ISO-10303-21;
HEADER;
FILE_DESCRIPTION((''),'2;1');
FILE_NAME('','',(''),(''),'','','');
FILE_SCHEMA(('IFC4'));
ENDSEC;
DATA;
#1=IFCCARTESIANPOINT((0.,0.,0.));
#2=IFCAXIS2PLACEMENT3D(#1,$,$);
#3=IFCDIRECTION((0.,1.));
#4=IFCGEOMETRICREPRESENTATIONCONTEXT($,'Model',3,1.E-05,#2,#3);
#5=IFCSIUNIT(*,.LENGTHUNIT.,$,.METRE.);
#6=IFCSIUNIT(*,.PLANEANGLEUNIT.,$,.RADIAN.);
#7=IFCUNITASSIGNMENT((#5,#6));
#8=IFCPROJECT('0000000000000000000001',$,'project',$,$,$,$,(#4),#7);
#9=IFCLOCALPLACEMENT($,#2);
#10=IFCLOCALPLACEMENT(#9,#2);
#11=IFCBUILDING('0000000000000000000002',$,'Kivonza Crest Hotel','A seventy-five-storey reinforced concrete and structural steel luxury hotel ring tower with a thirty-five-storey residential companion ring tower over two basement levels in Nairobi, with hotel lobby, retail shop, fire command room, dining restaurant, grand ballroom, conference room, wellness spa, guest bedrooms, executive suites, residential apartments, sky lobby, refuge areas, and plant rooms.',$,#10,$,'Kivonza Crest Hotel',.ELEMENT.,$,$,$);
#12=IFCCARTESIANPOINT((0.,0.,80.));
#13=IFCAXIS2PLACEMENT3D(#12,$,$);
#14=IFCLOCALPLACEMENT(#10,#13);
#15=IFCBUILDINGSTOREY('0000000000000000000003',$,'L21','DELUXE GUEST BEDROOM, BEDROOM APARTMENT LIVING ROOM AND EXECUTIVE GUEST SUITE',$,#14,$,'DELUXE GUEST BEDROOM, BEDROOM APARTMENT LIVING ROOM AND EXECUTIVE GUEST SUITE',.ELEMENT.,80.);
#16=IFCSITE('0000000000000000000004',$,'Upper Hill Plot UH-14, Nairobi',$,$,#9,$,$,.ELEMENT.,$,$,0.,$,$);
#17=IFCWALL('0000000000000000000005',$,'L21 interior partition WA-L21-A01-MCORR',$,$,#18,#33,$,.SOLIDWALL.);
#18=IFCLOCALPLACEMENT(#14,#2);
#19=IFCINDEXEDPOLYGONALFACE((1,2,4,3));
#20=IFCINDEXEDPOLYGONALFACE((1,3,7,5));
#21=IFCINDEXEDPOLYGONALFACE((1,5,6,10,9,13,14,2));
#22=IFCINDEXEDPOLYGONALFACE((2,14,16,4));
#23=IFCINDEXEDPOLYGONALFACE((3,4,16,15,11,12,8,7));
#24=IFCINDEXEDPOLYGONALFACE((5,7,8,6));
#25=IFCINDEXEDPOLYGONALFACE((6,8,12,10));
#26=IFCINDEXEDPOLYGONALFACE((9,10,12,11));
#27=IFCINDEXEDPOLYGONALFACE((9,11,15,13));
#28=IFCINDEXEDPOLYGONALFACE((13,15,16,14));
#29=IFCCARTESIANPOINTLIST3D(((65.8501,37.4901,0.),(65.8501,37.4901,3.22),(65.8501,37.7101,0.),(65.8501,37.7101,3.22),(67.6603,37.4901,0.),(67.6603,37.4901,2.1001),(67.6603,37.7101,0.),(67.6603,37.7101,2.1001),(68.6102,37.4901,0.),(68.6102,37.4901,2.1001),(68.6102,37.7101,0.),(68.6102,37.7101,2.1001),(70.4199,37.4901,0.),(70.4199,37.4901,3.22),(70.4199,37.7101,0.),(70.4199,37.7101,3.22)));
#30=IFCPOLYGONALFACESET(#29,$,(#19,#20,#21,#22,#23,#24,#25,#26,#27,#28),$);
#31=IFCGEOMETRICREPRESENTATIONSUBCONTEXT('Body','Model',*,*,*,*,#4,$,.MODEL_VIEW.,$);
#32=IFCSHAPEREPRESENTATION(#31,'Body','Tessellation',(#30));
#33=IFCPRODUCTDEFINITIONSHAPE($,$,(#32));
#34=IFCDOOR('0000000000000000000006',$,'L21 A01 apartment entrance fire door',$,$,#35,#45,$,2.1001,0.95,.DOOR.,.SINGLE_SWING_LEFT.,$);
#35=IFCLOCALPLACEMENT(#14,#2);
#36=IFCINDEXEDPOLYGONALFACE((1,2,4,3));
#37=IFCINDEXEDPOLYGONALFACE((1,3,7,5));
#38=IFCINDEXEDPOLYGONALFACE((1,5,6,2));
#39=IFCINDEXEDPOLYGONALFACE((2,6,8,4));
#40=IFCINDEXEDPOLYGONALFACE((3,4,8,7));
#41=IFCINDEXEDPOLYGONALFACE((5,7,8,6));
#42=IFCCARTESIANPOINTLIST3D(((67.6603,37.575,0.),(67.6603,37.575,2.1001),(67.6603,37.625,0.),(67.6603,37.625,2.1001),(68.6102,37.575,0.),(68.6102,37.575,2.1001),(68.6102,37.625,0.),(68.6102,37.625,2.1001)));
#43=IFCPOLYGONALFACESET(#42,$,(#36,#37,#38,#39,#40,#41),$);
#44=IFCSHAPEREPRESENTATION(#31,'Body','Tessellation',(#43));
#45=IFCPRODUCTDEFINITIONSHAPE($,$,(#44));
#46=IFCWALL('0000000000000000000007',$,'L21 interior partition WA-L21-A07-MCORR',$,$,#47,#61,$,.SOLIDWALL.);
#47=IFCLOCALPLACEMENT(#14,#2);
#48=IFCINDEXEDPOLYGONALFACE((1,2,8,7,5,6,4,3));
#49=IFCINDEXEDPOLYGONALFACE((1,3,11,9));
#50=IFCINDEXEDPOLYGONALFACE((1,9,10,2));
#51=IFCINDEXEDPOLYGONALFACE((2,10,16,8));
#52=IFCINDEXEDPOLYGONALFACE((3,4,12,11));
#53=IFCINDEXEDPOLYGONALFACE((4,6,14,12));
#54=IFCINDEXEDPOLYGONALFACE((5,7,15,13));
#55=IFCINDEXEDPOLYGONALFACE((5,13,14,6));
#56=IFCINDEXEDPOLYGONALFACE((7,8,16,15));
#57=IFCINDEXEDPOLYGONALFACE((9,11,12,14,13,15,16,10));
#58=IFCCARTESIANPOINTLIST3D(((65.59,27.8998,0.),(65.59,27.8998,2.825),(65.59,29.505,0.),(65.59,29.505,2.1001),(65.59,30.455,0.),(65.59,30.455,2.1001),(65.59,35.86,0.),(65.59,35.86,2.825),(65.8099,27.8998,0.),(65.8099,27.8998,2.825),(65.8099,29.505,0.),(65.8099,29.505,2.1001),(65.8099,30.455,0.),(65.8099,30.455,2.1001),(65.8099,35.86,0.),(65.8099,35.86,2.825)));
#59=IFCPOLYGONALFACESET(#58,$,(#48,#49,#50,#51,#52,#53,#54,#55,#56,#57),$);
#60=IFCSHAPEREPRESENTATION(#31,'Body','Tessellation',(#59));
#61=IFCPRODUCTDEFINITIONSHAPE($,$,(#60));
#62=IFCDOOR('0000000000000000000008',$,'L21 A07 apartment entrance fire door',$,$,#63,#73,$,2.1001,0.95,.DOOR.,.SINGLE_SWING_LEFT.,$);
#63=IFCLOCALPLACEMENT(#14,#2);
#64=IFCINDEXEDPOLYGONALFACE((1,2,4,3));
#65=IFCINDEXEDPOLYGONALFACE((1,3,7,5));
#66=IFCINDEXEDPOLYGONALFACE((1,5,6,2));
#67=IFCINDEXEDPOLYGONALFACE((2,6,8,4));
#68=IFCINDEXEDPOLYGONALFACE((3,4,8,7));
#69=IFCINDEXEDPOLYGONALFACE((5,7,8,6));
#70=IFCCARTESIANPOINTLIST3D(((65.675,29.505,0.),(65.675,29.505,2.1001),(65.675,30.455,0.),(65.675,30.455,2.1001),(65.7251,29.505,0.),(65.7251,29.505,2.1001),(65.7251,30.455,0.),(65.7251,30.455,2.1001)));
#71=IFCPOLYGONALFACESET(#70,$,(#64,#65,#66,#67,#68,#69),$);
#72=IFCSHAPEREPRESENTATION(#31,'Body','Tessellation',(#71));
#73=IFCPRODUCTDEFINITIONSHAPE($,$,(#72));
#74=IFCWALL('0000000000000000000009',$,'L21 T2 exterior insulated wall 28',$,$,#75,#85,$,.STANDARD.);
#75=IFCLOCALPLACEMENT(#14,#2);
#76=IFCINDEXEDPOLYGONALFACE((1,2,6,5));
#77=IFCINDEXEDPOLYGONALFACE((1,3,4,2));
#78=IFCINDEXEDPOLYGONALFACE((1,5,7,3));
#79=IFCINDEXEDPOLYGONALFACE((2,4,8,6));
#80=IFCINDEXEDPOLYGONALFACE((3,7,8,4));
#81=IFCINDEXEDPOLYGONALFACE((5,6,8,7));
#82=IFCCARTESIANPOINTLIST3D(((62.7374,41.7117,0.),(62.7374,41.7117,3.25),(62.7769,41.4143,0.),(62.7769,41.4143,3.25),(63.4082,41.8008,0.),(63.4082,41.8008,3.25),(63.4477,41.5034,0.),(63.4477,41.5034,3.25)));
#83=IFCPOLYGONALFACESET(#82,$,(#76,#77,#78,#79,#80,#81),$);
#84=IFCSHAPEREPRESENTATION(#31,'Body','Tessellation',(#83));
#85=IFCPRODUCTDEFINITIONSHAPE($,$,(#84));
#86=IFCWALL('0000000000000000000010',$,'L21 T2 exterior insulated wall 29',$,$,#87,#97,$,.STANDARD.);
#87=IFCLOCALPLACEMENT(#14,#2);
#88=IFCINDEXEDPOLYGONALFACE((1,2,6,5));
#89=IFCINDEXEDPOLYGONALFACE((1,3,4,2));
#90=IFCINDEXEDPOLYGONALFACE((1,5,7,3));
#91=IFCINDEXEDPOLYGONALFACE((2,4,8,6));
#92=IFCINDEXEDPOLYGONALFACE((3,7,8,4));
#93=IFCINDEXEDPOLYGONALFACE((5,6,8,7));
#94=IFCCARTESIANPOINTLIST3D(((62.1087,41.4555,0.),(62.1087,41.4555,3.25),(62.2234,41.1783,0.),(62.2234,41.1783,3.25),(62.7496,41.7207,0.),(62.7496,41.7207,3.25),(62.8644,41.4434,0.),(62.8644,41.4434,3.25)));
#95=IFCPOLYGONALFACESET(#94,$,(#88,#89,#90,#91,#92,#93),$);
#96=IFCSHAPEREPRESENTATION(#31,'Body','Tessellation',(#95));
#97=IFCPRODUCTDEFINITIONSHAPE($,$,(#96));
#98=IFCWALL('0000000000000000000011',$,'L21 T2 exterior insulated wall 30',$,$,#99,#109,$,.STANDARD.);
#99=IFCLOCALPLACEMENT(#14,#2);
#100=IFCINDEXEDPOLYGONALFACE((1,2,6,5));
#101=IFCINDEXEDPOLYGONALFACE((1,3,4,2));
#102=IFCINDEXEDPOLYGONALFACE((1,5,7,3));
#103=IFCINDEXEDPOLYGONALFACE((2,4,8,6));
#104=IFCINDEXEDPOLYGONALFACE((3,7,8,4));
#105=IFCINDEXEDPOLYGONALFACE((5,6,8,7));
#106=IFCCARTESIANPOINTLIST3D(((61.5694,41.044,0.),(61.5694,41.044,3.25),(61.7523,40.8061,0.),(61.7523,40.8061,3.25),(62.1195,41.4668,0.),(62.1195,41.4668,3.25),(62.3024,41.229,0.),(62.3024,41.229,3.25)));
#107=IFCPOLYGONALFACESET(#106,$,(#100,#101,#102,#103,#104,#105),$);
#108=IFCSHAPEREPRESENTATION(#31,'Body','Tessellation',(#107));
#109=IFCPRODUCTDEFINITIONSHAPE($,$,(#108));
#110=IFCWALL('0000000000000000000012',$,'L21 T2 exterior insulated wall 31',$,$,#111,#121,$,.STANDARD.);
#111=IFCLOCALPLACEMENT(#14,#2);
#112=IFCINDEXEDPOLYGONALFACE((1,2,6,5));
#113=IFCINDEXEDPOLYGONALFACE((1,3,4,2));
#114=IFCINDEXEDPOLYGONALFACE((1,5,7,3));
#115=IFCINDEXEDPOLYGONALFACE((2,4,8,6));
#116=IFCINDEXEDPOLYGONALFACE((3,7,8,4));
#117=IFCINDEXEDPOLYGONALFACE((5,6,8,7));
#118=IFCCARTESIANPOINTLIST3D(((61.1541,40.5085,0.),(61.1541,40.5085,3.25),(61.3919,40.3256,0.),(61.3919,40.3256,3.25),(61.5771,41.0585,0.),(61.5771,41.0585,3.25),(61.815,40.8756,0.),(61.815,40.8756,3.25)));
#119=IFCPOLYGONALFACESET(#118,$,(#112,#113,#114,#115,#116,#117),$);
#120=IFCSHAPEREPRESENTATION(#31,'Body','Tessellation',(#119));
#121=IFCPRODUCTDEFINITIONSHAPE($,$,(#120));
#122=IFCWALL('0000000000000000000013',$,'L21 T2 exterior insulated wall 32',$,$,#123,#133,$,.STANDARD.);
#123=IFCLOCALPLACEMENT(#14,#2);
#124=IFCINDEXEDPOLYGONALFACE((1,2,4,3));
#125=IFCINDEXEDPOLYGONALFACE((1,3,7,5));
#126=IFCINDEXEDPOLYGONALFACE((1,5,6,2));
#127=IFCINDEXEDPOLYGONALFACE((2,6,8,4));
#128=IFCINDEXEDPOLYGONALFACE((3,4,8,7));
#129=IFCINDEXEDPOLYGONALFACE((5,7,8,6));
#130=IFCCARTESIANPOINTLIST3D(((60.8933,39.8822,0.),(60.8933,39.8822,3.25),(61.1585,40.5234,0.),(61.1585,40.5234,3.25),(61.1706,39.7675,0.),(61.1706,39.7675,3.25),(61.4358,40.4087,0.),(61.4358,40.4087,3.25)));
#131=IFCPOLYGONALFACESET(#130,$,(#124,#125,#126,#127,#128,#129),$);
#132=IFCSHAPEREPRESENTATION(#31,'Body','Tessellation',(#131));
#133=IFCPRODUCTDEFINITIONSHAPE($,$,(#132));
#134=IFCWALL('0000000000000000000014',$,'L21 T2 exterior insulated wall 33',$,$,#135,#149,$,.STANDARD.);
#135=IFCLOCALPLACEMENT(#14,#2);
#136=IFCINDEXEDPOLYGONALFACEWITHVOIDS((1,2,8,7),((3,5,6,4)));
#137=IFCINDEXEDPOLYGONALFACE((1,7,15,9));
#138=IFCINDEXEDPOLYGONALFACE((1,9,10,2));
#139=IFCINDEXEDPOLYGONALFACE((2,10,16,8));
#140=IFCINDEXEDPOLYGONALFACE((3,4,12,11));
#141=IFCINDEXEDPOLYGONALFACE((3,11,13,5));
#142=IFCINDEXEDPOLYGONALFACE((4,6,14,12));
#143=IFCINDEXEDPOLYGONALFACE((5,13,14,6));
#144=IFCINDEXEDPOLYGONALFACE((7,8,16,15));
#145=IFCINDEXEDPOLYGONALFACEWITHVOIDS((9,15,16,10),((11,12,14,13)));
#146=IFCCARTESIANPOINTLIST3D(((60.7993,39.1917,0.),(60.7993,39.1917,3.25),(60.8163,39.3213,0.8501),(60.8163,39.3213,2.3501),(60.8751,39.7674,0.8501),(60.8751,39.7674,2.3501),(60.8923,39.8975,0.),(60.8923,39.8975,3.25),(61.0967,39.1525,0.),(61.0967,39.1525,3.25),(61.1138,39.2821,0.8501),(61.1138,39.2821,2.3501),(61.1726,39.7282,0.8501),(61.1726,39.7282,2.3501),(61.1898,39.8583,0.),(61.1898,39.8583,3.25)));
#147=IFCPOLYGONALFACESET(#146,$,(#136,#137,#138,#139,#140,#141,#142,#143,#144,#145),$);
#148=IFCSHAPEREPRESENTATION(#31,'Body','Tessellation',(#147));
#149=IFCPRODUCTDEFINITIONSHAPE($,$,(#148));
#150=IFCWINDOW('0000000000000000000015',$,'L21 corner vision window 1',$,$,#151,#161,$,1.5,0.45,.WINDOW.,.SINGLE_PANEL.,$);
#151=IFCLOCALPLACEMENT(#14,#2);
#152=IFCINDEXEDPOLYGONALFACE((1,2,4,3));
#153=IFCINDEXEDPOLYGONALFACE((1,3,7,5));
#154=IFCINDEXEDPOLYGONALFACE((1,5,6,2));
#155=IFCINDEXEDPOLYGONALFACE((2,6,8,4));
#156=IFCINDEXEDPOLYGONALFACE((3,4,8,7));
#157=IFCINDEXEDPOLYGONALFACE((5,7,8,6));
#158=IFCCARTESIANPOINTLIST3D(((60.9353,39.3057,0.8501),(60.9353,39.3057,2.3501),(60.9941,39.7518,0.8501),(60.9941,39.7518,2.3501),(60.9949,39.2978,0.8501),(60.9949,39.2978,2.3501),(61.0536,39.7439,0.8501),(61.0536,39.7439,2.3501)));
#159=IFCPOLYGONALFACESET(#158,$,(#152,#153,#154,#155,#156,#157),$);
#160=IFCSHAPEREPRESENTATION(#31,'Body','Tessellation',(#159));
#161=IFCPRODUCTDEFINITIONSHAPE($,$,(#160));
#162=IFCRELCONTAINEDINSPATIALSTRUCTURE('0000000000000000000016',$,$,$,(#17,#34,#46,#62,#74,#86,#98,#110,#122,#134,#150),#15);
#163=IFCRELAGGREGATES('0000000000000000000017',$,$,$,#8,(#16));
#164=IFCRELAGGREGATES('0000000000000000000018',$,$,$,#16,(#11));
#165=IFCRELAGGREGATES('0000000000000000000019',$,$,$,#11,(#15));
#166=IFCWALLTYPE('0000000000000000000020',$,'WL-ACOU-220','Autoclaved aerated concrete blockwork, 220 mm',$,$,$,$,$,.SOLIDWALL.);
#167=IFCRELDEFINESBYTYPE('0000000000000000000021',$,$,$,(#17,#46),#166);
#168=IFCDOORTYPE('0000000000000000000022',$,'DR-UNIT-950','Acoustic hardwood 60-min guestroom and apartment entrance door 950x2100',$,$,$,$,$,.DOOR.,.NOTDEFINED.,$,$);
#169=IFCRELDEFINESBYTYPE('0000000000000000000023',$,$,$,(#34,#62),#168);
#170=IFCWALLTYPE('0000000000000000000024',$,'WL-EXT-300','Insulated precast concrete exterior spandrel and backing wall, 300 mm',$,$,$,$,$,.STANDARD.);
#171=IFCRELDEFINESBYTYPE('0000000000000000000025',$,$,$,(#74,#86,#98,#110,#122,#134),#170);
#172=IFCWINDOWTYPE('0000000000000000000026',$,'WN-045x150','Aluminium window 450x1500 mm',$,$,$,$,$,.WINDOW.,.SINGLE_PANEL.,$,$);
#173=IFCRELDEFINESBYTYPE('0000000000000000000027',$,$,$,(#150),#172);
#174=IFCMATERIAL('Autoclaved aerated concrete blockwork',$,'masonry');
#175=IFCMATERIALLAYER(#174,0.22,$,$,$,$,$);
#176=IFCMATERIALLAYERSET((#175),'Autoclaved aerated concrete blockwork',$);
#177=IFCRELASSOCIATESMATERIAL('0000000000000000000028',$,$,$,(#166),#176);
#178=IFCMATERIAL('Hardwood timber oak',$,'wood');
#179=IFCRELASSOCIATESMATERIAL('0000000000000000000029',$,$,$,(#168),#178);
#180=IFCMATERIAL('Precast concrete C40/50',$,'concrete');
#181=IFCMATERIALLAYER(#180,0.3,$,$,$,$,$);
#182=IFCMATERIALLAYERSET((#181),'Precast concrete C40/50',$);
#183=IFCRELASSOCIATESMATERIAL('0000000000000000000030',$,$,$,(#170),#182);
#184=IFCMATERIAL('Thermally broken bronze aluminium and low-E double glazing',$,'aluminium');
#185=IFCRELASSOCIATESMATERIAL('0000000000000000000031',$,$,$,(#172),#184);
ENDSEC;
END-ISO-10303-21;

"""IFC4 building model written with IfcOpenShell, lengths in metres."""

from ifc_helpers import new_model, si_unit, direction, frame, frame_2d, origin, place, context, subcontext, project, spatial, rectangle, extrude, material, layer, layer_set, type_object, element, fill, save


model = new_model("IFC4")

# Units and contexts
model_context = context("Model", 3, precision=1e-05, world=origin(), true_north=direction((0.0, 1.0)))
body_context = subcontext(model_context, "Body", "Model", "MODEL_VIEW")
ifc_project = project(units=[si_unit("LENGTHUNIT", "METRE"), si_unit("PLANEANGLEUNIT", "RADIAN")], contexts=[model_context])

# Site, building, storey
site_placement = place(None, origin())
site = spatial("IfcSite", under=ifc_project, at=site_placement, Name="Upper Hill Plot UH-14, Nairobi", CompositionType="ELEMENT", RefElevation=0.0)
building_placement = place(site_placement, origin())
building = spatial("IfcBuilding", under=site, at=building_placement, Name="Kivonza Crest Hotel", Description="A seventy-five-storey reinforced concrete and structural steel luxury hotel ring tower with a thirty-five-storey residential companion ring tower over two basement levels in Nairobi, with hotel lobby, retail shop, fire command room, dining restaurant, grand ballroom, conference room, wellness spa, guest bedrooms, executive suites, residential apartments, sky lobby, refuge areas, and plant rooms.", LongName="Kivonza Crest Hotel", CompositionType="ELEMENT")
storey_placement = place(building_placement, frame((0.0, 0.0, 80.0)))
storey = spatial("IfcBuildingStorey", under=building, at=storey_placement, Name="L21", Description="DELUXE GUEST BEDROOM, BEDROOM APARTMENT LIVING ROOM AND EXECUTIVE GUEST SUITE", LongName="DELUXE GUEST BEDROOM, BEDROOM APARTMENT LIVING ROOM AND EXECUTIVE GUEST SUITE", CompositionType="ELEMENT", Elevation=80.0)

# Walls, openings, doors
ifc_material_1 = material(Name="Autoclaved aerated concrete blockwork", Category="masonry")
ifc_layer_1 = layer(ifc_material_1, 0.22)
ifc_layer_set_1 = layer_set([ifc_layer_1], Name="Autoclaved aerated concrete blockwork")
wall_type_1 = type_object("IfcWallType", Name="WL-ACOU-220", Description="Autoclaved aerated concrete blockwork, 220 mm", PredefinedType="SOLIDWALL", material=ifc_layer_set_1)
wall_1_placement = place(storey_placement, frame((65.8501, 37.6001, 0.0), z_axis=(0.0, 0.0, 1.0), x_axis=(1.0, 0.0, 0.0)))
wall_1 = element("IfcWall", 1, at=wall_1_placement, inside=storey, type_object=wall_type_1, Name="L21 interior partition WA-L21-A01-MCORR", PredefinedType="SOLIDWALL", context=body_context, shape_type="SweptSolid", body=[
    extrude(rectangle(XDim=4.5698, YDim=0.22, at=frame_2d((2.2849, 0.0))), origin(), (0.0, 0.0, 1.0), 3.22),
])
opening_1_placement = place(wall_1_placement, frame((1.8101, 0.0, 0.0)))
opening_1 = element("IfcOpeningElement", 2, at=opening_1_placement, cuts=wall_1, PredefinedType="OPENING", context=body_context, shape_type="SweptSolid", body=[
    extrude(rectangle(XDim=0.95, YDim=2.1001, at=frame_2d((0.4751, 1.05))), frame((0.0, 0.1201, 0.0), z_axis=(0.0, -1.0, 0.0), x_axis=(1.0, 0.0, 0.0)), (0.0, 0.0, 1.0), 0.24),
])
ifc_material_2 = material(Name="Hardwood timber oak", Category="wood")
door_type_1 = type_object("IfcDoorType", Name="DR-UNIT-950", Description="Acoustic hardwood 60-min guestroom and apartment entrance door 950x2100", OperationType="NOTDEFINED", PredefinedType="DOOR", material=ifc_material_2)
door_1_placement = place(opening_1_placement, origin())
door_1 = element("IfcDoor", 3, at=door_1_placement, inside=storey, type_object=door_type_1, Name="L21 A01 apartment entrance fire door", OperationType="SINGLE_SWING_LEFT", OverallHeight=2.1001, OverallWidth=0.95, PredefinedType="DOOR", context=body_context, shape_type="SweptSolid", body=[
    extrude(rectangle(XDim=0.95, YDim=2.1001, at=frame_2d((0.4751, 1.05))), frame((0.0, 0.0249, 0.0), z_axis=(0.0, -1.0, 0.0), x_axis=(1.0, 0.0, 0.0)), (0.0, 0.0, 1.0), 0.05),
])
fill(opening_1, door_1)
wall_2_placement = place(storey_placement, frame((65.7, 27.8999, 0.0), z_axis=(0.0, 0.0, 1.0), x_axis=(0.0, 1.0, 0.0)))
wall_2 = element("IfcWall", 4, at=wall_2_placement, inside=storey, type_object=wall_type_1, Name="L21 interior partition WA-L21-A07-MCORR", PredefinedType="SOLIDWALL", context=body_context, shape_type="SweptSolid", body=[
    extrude(rectangle(XDim=7.9602, YDim=0.22, at=frame_2d((3.98, 0.0))), origin(), (0.0, 0.0, 1.0), 2.825),
])
opening_2_placement = place(wall_2_placement, frame((1.605, 0.0, 0.0)))
opening_2 = element("IfcOpeningElement", 5, at=opening_2_placement, cuts=wall_2, PredefinedType="OPENING", context=body_context, shape_type="SweptSolid", body=[
    extrude(rectangle(XDim=0.95, YDim=2.1001, at=frame_2d((0.4751, 1.05))), frame((0.0, 0.1201, 0.0), z_axis=(0.0, -1.0, 0.0), x_axis=(1.0, 0.0, 0.0)), (0.0, 0.0, 1.0), 0.24),
])
door_2_placement = place(opening_2_placement, origin())
door_2 = element("IfcDoor", 6, at=door_2_placement, inside=storey, type_object=door_type_1, Name="L21 A07 apartment entrance fire door", OperationType="SINGLE_SWING_LEFT", OverallHeight=2.1001, OverallWidth=0.95, PredefinedType="DOOR", context=body_context, shape_type="SweptSolid", body=[
    extrude(rectangle(XDim=0.95, YDim=2.1001, at=frame_2d((0.4751, 1.05))), frame((0.0, 0.0249, 0.0), z_axis=(0.0, -1.0, 0.0), x_axis=(1.0, 0.0, 0.0)), (0.0, 0.0, 1.0), 0.05),
])
fill(opening_2, door_2)

# Walls
ifc_material_3 = material(Name="Precast concrete C40/50", Category="concrete")
ifc_layer_2 = layer(ifc_material_3, 0.3)
ifc_layer_set_2 = layer_set([ifc_layer_2], Name="Precast concrete C40/50")
wall_type_2 = type_object("IfcWallType", Name="WL-EXT-300", Description="Insulated precast concrete exterior spandrel and backing wall, 300 mm", PredefinedType="STANDARD", material=ifc_layer_set_2)
wall_3_placement = place(storey_placement, frame((63.428, 41.6521, 0.0), z_axis=(0.0, 0.0, 1.0), x_axis=(-0.991294, -0.131667, 0.0)))
element("IfcWall", 7, at=wall_3_placement, inside=storey, type_object=wall_type_2, Name="L21 T2 exterior insulated wall 28", PredefinedType="STANDARD", context=body_context, shape_type="SweptSolid", body=[
    extrude(rectangle(XDim=0.6768, YDim=0.3, at=frame_2d((0.3384, 0.0))), origin(), (0.0, 0.0, 1.0), 3.25),
])
wall_4_placement = place(storey_placement, frame((62.8069, 41.582, 0.0), z_axis=(0.0, 0.0, 1.0), x_axis=(-0.924043, -0.38229, 0.0)))
element("IfcWall", 8, at=wall_4_placement, inside=storey, type_object=wall_type_2, Name="L21 T2 exterior insulated wall 29", PredefinedType="STANDARD", context=body_context, shape_type="SweptSolid", body=[
    extrude(rectangle(XDim=0.6936, YDim=0.3, at=frame_2d((0.3467, 0.0))), origin(), (0.0, 0.0, 1.0), 3.25),
])
for number, where, z_axis, x_axis, name in (
    (9, (62.2109, 41.3479, 0.0), (0.0, 0.0, 1.0), (-0.792807, -0.609473, 0.0), "L21 T2 exterior insulated wall 30"),
    (10, (61.696, 40.967, 0.0), (0.0, 0.0, 1.0), (-0.609694, -0.792637, 0.0), "L21 T2 exterior insulated wall 31"),
    (11, (61.2971, 40.4661, 0.0), (0.0, 0.0, 1.0), (-0.382165, -0.924094, 0.0), "L21 T2 exterior insulated wall 32"),
):
    element("IfcWall", number, at=place(storey_placement, frame(where, z_axis=z_axis, x_axis=x_axis)), inside=storey, type_object=wall_type_2, Name=name, PredefinedType="STANDARD", context=body_context, shape_type="SweptSolid", body=[
        extrude(rectangle(XDim=0.6938, YDim=0.3, at=frame_2d((0.3469, 0.0))), origin(), (0.0, 0.0, 1.0), 3.25),
    ])

# Wall, opening, window
wall_5_placement = place(storey_placement, frame((61.041, 39.8779, 0.0), z_axis=(0.0, 0.0, 1.0), x_axis=(-0.130659, -0.991427, 0.0)))
wall_5 = element("IfcWall", 12, at=wall_5_placement, inside=storey, type_object=wall_type_2, Name="L21 T2 exterior insulated wall 33", PredefinedType="STANDARD", context=body_context, shape_type="SweptSolid", body=[
    extrude(rectangle(XDim=0.7119, YDim=0.3, at=frame_2d((0.356, 0.0))), origin(), (0.0, 0.0, 1.0), 3.25),
])
opening_3_placement = place(wall_5_placement, frame((0.1311, 0.0, 0.8501)))
opening_3 = element("IfcOpeningElement", 13, at=opening_3_placement, cuts=wall_5, PredefinedType="OPENING", context=body_context, shape_type="SweptSolid", body=[
    extrude(rectangle(XDim=0.45, YDim=1.5, at=frame_2d((0.2251, 0.75))), frame((0.0, 0.1602, 0.0), z_axis=(0.0, -1.0, 0.0), x_axis=(1.0, 0.0, 0.0)), (0.0, 0.0, 1.0), 0.3201),
])
ifc_material_4 = material(Name="Thermally broken bronze aluminium and low-E double glazing", Category="aluminium")
window_type = type_object("IfcWindowType", Name="WN-045x150", Description="Aluminium window 450x1500 mm", PartitioningType="SINGLE_PANEL", PredefinedType="WINDOW", material=ifc_material_4)
window_placement = place(opening_3_placement, origin())
window = element("IfcWindow", 14, at=window_placement, inside=storey, type_object=window_type, Name="L21 corner vision window 1", OverallHeight=1.5, OverallWidth=0.45, PartitioningType="SINGLE_PANEL", PredefinedType="WINDOW", context=body_context, shape_type="SweptSolid", body=[
    extrude(rectangle(XDim=0.45, YDim=1.5, at=frame_2d((0.2251, 0.75))), frame((0.0, 0.03, 0.0), z_axis=(0.0, -1.0, 0.0), x_axis=(1.0, 0.0, 0.0)), (0.0, 0.0, 1.0), 0.0601),
])
fill(opening_3, window)

save(model, "model.ifc")
